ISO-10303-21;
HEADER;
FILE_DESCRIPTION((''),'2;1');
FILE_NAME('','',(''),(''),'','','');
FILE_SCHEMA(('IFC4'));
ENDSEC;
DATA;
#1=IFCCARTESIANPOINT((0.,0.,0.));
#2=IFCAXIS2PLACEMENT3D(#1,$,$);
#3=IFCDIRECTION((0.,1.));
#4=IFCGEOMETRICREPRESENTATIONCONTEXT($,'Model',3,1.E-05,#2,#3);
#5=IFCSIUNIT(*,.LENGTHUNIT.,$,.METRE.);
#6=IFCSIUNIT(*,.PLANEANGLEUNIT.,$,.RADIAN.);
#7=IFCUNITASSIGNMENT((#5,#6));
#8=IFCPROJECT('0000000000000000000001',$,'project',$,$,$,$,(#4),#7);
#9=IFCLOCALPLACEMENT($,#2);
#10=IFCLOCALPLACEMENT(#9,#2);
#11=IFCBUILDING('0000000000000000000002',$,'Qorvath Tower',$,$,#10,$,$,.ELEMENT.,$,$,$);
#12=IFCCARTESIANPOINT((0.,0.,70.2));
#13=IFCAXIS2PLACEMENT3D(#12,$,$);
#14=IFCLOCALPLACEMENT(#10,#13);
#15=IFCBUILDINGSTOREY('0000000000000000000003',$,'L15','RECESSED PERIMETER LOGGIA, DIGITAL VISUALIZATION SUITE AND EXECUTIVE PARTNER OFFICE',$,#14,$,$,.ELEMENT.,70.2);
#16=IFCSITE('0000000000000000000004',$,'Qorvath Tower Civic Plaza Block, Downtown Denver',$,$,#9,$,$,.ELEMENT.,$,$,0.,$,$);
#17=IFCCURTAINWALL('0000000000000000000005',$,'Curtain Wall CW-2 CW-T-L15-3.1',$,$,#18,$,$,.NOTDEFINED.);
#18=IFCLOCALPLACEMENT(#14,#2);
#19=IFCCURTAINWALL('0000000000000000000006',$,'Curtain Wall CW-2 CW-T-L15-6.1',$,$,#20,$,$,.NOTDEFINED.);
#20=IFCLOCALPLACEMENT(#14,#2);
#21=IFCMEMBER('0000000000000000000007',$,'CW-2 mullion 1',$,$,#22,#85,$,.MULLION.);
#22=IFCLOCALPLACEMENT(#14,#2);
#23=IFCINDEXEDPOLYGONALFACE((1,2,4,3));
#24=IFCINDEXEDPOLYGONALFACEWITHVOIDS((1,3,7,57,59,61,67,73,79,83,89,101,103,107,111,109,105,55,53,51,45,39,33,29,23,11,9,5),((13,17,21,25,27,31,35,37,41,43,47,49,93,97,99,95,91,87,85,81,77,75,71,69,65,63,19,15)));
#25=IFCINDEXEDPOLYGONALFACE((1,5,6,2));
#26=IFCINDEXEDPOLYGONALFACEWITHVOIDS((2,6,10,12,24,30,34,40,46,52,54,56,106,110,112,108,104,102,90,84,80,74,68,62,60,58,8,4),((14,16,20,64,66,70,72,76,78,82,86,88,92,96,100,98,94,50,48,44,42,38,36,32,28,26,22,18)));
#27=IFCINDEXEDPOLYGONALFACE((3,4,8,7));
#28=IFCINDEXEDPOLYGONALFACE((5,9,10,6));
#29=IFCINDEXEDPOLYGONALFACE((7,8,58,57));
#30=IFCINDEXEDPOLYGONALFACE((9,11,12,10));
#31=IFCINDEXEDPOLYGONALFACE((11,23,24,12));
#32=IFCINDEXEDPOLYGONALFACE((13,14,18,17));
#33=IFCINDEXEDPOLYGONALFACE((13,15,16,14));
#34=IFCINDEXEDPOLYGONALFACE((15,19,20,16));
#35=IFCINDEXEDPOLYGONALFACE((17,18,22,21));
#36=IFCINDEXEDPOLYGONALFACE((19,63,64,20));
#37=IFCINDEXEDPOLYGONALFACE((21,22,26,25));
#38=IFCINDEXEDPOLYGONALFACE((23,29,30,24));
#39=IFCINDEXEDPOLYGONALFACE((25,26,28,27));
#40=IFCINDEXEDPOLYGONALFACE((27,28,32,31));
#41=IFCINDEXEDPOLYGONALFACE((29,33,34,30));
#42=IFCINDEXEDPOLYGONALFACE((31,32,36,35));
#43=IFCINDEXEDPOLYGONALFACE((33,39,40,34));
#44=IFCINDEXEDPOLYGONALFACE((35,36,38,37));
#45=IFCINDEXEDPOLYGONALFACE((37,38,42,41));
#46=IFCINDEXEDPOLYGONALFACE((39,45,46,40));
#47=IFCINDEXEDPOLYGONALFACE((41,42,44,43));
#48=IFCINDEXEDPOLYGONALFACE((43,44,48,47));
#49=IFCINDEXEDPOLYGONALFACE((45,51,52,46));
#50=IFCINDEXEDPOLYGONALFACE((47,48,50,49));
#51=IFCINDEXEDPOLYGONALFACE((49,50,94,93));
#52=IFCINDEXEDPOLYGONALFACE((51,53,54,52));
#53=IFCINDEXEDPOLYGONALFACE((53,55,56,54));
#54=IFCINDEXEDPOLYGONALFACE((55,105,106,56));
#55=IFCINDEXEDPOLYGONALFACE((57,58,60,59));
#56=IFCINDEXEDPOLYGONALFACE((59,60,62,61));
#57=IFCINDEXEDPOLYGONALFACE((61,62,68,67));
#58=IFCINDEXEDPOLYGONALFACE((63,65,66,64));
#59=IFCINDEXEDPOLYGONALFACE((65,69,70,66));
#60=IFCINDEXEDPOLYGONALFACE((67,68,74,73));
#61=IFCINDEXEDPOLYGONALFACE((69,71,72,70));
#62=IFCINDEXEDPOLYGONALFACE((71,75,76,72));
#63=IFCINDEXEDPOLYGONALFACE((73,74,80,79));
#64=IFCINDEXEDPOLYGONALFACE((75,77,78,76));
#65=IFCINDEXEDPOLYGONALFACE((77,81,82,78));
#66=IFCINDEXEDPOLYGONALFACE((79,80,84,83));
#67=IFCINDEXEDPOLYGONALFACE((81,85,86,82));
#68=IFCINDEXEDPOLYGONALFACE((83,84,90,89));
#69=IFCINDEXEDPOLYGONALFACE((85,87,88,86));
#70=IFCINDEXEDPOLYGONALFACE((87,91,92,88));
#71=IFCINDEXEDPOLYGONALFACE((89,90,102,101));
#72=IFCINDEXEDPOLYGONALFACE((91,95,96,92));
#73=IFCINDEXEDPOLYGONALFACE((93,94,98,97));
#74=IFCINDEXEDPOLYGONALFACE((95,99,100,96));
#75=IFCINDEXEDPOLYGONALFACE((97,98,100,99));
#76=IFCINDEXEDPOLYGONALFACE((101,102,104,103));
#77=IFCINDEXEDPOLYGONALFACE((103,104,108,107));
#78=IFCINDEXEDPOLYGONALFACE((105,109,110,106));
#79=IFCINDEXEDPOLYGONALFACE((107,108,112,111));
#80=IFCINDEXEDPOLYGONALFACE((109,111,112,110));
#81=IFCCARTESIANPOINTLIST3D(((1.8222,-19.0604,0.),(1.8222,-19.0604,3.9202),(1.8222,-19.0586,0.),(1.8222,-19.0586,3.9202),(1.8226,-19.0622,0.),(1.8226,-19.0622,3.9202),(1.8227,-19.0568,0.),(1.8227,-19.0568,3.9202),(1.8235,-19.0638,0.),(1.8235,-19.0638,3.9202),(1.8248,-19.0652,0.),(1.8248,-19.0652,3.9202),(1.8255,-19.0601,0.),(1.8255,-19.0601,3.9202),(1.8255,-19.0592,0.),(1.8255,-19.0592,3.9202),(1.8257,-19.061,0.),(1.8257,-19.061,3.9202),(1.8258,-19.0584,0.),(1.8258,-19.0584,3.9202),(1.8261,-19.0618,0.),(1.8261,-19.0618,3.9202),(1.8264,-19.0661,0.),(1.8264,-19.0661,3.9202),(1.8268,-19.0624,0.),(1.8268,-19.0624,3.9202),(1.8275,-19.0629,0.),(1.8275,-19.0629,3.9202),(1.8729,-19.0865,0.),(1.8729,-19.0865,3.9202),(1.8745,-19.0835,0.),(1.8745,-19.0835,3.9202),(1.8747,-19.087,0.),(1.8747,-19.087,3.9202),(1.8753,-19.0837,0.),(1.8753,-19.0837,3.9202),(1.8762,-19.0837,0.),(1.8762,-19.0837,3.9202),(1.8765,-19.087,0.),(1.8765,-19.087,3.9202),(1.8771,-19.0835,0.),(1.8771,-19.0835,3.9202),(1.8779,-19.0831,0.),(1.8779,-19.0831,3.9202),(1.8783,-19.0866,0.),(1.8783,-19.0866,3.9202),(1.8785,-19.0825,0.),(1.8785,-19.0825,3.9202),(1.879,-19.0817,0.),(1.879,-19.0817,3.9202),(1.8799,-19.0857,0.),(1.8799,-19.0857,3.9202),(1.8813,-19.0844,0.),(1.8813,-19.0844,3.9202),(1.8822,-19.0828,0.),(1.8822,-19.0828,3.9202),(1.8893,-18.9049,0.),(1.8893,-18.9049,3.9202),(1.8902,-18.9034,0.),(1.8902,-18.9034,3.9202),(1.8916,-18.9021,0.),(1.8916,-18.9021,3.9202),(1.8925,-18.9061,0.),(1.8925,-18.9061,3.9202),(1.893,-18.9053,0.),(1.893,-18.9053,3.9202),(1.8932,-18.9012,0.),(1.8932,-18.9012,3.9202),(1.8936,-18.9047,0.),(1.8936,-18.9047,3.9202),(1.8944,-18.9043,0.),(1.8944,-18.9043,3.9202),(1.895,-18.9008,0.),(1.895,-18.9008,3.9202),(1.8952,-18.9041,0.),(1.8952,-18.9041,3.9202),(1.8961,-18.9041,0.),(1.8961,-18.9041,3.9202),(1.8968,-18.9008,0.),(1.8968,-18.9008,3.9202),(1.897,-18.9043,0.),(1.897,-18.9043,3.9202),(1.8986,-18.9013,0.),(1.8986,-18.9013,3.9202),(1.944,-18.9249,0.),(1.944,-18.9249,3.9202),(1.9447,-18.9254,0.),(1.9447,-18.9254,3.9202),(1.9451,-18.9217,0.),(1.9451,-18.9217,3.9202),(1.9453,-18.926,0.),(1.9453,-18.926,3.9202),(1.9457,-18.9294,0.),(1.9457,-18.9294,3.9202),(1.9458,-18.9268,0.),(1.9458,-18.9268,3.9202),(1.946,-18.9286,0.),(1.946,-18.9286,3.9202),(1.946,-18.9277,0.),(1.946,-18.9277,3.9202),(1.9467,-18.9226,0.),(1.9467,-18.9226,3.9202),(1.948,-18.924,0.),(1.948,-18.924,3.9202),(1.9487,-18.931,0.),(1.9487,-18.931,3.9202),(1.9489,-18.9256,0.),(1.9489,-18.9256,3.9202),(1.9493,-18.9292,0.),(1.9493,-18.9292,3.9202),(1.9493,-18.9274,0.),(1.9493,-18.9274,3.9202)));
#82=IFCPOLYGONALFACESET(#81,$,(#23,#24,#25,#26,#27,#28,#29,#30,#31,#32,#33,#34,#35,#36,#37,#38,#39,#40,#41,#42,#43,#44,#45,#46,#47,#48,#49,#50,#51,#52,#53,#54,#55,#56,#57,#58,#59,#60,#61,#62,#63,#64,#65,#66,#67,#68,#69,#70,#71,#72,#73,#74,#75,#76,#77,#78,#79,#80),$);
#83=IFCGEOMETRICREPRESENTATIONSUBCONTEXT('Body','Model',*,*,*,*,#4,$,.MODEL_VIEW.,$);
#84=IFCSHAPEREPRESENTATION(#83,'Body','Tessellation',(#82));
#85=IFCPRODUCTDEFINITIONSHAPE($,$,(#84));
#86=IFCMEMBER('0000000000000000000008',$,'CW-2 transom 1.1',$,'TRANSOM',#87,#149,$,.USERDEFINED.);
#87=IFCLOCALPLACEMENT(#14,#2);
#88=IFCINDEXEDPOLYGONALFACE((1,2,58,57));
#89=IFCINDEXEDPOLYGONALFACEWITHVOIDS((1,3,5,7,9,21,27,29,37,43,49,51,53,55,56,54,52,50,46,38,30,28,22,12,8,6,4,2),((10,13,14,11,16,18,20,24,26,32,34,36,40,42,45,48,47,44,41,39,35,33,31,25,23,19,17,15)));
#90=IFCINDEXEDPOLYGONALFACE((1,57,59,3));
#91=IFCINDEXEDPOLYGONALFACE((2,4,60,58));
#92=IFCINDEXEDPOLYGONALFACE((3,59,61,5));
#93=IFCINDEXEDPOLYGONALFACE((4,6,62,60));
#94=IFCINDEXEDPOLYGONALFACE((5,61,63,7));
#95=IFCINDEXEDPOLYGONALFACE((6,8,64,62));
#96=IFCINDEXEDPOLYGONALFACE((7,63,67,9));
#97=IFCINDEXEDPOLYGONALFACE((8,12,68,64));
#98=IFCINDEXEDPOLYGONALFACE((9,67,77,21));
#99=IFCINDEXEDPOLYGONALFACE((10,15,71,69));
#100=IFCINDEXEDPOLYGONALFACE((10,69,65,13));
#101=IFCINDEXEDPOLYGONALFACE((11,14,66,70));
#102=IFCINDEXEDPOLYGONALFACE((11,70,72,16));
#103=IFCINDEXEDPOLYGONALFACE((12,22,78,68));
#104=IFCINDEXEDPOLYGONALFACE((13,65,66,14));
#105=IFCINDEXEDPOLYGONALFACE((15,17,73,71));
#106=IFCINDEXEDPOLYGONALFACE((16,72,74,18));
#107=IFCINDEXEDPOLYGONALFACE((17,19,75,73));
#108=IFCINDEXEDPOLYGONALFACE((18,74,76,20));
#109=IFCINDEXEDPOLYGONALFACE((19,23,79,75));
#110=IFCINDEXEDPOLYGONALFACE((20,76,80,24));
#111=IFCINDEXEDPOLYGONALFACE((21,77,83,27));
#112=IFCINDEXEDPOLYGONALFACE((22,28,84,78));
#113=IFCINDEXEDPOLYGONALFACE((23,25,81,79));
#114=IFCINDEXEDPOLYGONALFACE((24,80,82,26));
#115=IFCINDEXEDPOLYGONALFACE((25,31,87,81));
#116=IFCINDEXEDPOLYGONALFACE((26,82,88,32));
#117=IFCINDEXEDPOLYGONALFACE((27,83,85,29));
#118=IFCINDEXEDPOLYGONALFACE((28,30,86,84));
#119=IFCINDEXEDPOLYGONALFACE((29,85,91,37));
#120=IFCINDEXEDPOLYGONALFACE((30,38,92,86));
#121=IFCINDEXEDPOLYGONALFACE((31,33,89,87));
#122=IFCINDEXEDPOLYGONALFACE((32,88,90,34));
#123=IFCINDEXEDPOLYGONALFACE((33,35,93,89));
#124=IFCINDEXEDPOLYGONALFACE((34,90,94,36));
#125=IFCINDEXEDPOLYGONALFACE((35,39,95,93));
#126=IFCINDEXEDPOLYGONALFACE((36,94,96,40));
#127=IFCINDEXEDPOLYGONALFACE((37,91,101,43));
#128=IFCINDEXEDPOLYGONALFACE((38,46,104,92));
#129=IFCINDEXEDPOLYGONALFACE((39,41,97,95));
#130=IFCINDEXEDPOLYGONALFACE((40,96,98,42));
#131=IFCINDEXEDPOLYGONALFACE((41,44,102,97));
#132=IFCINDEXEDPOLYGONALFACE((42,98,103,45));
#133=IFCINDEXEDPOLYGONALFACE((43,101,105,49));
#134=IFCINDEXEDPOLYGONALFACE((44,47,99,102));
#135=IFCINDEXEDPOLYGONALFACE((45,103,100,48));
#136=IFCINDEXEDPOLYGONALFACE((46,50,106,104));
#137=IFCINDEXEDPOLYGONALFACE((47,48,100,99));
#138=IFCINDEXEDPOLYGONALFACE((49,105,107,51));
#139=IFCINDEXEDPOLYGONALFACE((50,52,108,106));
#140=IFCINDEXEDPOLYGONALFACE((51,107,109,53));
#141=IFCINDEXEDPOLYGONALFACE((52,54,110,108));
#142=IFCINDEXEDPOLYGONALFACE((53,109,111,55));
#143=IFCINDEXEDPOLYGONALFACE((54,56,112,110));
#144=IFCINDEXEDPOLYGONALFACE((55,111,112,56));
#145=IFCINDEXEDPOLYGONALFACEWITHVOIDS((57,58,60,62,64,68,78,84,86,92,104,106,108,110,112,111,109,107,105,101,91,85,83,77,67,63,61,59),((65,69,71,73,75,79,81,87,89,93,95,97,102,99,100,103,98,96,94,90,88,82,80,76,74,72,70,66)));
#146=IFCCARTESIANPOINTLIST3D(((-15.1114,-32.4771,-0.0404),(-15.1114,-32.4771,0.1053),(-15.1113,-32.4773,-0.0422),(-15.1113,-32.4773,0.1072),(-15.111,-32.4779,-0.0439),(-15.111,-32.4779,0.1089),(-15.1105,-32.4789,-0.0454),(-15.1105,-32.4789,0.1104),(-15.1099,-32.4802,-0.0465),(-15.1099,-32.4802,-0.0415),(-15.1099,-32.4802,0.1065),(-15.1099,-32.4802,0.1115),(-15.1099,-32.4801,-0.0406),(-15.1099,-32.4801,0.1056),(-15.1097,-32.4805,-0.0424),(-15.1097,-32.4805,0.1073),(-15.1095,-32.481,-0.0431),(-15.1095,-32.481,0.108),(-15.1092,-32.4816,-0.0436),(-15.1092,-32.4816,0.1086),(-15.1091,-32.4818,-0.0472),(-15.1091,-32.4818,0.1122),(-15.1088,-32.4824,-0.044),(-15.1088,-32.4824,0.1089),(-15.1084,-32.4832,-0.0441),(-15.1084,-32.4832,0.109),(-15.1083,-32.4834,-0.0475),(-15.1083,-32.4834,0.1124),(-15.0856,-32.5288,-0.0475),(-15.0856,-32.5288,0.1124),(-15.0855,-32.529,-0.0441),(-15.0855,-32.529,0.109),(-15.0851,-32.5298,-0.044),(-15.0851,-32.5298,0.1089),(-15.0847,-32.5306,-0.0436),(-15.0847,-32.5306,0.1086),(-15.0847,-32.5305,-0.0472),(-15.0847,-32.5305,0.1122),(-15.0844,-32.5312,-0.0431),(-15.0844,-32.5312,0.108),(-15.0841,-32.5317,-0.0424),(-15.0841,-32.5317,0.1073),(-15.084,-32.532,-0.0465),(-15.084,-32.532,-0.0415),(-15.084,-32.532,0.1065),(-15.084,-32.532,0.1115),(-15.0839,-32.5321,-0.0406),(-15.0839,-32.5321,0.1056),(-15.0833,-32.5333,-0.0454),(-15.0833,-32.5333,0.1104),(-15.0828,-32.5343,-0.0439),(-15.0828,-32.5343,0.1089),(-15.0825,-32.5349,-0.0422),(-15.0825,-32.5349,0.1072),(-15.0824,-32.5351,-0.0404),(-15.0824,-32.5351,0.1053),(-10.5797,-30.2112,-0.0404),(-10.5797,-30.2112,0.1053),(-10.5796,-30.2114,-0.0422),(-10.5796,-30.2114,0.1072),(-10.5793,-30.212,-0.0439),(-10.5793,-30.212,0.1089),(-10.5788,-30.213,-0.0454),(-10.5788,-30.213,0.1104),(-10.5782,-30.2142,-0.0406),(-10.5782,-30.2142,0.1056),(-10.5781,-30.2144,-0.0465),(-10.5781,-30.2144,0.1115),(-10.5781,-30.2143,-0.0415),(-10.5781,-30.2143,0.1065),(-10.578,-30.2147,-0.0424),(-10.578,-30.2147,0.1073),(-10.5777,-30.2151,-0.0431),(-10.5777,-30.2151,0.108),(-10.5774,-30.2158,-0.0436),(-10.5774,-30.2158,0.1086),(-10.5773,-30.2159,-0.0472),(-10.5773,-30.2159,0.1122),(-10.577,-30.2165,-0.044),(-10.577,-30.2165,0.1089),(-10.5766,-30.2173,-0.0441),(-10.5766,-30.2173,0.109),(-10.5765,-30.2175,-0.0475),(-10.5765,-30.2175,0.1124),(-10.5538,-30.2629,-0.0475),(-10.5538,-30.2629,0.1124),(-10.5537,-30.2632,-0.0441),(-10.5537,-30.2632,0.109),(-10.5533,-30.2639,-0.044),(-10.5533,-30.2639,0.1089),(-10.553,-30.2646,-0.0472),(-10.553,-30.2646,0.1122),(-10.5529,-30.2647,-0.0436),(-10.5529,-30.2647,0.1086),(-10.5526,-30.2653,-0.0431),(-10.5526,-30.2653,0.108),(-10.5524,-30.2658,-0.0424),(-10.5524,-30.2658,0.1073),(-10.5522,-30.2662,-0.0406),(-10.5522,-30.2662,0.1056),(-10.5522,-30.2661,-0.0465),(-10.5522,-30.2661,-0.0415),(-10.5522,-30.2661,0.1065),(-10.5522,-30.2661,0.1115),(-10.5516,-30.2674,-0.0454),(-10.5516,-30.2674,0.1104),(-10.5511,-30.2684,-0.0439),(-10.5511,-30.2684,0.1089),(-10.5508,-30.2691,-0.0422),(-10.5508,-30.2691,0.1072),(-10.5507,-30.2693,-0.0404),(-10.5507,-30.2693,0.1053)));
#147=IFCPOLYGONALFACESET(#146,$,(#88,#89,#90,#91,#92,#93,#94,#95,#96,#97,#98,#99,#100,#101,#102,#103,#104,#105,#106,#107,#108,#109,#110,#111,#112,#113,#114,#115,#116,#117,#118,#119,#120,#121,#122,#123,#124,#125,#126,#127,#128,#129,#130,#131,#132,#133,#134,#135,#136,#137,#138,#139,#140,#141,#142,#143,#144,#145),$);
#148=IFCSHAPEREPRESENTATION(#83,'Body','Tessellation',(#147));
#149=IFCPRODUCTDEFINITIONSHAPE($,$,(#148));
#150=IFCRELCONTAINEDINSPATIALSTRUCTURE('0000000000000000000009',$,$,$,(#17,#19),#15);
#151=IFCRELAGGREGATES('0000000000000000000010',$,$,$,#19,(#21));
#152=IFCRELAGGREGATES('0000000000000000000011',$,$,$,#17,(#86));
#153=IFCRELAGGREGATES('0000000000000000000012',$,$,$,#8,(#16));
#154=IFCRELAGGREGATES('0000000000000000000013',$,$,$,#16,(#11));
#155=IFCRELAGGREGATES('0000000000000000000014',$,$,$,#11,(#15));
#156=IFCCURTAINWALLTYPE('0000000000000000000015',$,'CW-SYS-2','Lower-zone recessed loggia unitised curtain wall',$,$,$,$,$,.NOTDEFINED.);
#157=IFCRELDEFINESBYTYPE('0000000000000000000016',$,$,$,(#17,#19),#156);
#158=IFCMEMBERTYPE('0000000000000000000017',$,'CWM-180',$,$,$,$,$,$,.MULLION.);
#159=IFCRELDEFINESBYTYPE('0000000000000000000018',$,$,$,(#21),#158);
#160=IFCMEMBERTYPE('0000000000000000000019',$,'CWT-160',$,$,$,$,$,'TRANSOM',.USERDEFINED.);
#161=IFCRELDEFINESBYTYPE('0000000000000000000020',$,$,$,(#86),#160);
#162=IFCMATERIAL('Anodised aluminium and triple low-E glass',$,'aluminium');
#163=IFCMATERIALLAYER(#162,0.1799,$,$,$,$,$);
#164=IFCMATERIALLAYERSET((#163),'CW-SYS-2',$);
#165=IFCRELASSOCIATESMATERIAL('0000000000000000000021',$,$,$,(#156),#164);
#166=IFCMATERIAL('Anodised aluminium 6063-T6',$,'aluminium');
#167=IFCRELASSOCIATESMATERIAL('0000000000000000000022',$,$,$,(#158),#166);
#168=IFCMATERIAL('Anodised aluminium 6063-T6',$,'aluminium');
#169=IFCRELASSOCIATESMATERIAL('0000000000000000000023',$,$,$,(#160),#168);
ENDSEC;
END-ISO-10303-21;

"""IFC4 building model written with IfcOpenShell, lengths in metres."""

from ifc_helpers import new_model, si_unit, direction, frame, origin, origin_2d, place, context, subcontext, project, spatial, hollow_rectangle, extrude, material, layer, layer_set, material_profile, profile_set, type_object, element, aggregate, save


model = new_model("IFC4")

# Units and contexts
model_context = context("Model", 3, precision=1e-05, world=origin(), true_north=direction((0.0, 1.0)))
body_context = subcontext(model_context, "Body", "Model", "MODEL_VIEW")
ifc_project = project(units=[si_unit("LENGTHUNIT", "METRE"), si_unit("PLANEANGLEUNIT", "RADIAN")], contexts=[model_context])

# Site, building, storey
site_placement = place(None, origin())
site = spatial("IfcSite", under=ifc_project, at=site_placement, Name="Qorvath Tower Civic Plaza Block, Downtown Denver", CompositionType="ELEMENT", RefElevation=0.0)
building_placement = place(site_placement, origin())
building = spatial("IfcBuilding", under=site, at=building_placement, Name="Qorvath Tower", CompositionType="ELEMENT")
storey_placement = place(building_placement, frame((0.0, 0.0, 70.2)))
storey = spatial("IfcBuildingStorey", under=building, at=storey_placement, Name="L15", Description="RECESSED PERIMETER LOGGIA, DIGITAL VISUALIZATION SUITE AND EXECUTIVE PARTNER OFFICE", CompositionType="ELEMENT", Elevation=70.2)

# Shared definitions
ifc_material_1 = material(Name="Anodised aluminium and triple low-E glass", Category="aluminium")
ifc_layer_1 = layer(ifc_material_1, 0.1799)
ifc_layer_set_1 = layer_set([ifc_layer_1], Name="CW-SYS-2")
curtain_wall_type = type_object("IfcCurtainWallType", Name="CW-SYS-2", Description="Lower-zone recessed loggia unitised curtain wall", PredefinedType="NOTDEFINED", material=ifc_layer_set_1)
ifc_material_2 = material(Name="Anodised aluminium 6063-T6", Category="aluminium")
ifc_material_profile_1 = material_profile(ifc_material_2, hollow_rectangle(XDim=0.0649, YDim=0.1799, WallThickness=0.0034, InnerFilletRadius=0.0034, OuterFilletRadius=0.0071, at=origin_2d()), Name="CWM 180x65")
ifc_profile_set_1 = profile_set([ifc_material_profile_1], Name="Anodised aluminium 6063-T6")
member_type_1 = type_object("IfcMemberType", Name="CWM-180", PredefinedType="MULLION", material=ifc_profile_set_1)

# Curtain wall
curtain_wall_1_placement = place(storey_placement, origin())
curtain_wall_1 = element("IfcCurtainWall", 1, at=curtain_wall_1_placement, inside=storey, type_object=curtain_wall_type, Name="Curtain Wall CW-2 CW-T-L15-3.1", PredefinedType="NOTDEFINED")

# Curtain wall, member
curtain_wall_2_placement = place(storey_placement, origin())
curtain_wall_2 = element("IfcCurtainWall", 2, at=curtain_wall_2_placement, inside=storey, type_object=curtain_wall_type, Name="Curtain Wall CW-2 CW-T-L15-6.1", PredefinedType="NOTDEFINED")
member_1_placement = place(storey_placement, frame((1.8857, -18.9939, 0.0), z_axis=(0.0, 0.0, 1.0), x_axis=(-0.915926, 0.401348, 0.0)))
member_1 = element("IfcMember", 3, at=member_1_placement, type_object=member_type_1, Name="CW-2 mullion 1", PredefinedType="MULLION", context=body_context, shape_type="SweptSolid", body=[
    extrude(hollow_rectangle(XDim=0.0649, YDim=0.1799, WallThickness=0.0034, InnerFilletRadius=0.0034, OuterFilletRadius=0.0071, at=origin_2d()), origin(), (0.0, 0.0, 1.0), 3.9202),
])

# Member
ifc_material_3 = material(Name="Anodised aluminium 6063-T6", Category="aluminium")
ifc_material_profile_2 = material_profile(ifc_material_3, hollow_rectangle(XDim=0.0649, YDim=0.1599, WallThickness=0.0034, InnerFilletRadius=0.0034, OuterFilletRadius=0.0071, at=origin_2d()), Name="CWT 160x65")
ifc_profile_set_2 = profile_set([ifc_material_profile_2], Name="Anodised aluminium 6063-T6")
member_type_2 = type_object("IfcMemberType", Name="CWT-160", ElementType="TRANSOM", PredefinedType="USERDEFINED", material=ifc_profile_set_2)
member_2_placement = place(storey_placement, frame((-15.0969, -32.5061, 0.0325), z_axis=(0.894427, 0.447214, 0.0), x_axis=(-0.447214, 0.894427, 0.0)))
member_2 = element("IfcMember", 4, at=member_2_placement, type_object=member_type_2, Name="CW-2 transom 1.1", ObjectType="TRANSOM", PredefinedType="USERDEFINED", context=body_context, shape_type="SweptSolid", body=[
    extrude(hollow_rectangle(XDim=0.0649, YDim=0.1599, WallThickness=0.0034, InnerFilletRadius=0.0034, OuterFilletRadius=0.0071, at=origin_2d()), origin(), (0.0, 0.0, 1.0), 5.0667),
])
aggregate(curtain_wall_2, [member_1])

aggregate(curtain_wall_1, [member_2])

save(model, "model.ifc")
